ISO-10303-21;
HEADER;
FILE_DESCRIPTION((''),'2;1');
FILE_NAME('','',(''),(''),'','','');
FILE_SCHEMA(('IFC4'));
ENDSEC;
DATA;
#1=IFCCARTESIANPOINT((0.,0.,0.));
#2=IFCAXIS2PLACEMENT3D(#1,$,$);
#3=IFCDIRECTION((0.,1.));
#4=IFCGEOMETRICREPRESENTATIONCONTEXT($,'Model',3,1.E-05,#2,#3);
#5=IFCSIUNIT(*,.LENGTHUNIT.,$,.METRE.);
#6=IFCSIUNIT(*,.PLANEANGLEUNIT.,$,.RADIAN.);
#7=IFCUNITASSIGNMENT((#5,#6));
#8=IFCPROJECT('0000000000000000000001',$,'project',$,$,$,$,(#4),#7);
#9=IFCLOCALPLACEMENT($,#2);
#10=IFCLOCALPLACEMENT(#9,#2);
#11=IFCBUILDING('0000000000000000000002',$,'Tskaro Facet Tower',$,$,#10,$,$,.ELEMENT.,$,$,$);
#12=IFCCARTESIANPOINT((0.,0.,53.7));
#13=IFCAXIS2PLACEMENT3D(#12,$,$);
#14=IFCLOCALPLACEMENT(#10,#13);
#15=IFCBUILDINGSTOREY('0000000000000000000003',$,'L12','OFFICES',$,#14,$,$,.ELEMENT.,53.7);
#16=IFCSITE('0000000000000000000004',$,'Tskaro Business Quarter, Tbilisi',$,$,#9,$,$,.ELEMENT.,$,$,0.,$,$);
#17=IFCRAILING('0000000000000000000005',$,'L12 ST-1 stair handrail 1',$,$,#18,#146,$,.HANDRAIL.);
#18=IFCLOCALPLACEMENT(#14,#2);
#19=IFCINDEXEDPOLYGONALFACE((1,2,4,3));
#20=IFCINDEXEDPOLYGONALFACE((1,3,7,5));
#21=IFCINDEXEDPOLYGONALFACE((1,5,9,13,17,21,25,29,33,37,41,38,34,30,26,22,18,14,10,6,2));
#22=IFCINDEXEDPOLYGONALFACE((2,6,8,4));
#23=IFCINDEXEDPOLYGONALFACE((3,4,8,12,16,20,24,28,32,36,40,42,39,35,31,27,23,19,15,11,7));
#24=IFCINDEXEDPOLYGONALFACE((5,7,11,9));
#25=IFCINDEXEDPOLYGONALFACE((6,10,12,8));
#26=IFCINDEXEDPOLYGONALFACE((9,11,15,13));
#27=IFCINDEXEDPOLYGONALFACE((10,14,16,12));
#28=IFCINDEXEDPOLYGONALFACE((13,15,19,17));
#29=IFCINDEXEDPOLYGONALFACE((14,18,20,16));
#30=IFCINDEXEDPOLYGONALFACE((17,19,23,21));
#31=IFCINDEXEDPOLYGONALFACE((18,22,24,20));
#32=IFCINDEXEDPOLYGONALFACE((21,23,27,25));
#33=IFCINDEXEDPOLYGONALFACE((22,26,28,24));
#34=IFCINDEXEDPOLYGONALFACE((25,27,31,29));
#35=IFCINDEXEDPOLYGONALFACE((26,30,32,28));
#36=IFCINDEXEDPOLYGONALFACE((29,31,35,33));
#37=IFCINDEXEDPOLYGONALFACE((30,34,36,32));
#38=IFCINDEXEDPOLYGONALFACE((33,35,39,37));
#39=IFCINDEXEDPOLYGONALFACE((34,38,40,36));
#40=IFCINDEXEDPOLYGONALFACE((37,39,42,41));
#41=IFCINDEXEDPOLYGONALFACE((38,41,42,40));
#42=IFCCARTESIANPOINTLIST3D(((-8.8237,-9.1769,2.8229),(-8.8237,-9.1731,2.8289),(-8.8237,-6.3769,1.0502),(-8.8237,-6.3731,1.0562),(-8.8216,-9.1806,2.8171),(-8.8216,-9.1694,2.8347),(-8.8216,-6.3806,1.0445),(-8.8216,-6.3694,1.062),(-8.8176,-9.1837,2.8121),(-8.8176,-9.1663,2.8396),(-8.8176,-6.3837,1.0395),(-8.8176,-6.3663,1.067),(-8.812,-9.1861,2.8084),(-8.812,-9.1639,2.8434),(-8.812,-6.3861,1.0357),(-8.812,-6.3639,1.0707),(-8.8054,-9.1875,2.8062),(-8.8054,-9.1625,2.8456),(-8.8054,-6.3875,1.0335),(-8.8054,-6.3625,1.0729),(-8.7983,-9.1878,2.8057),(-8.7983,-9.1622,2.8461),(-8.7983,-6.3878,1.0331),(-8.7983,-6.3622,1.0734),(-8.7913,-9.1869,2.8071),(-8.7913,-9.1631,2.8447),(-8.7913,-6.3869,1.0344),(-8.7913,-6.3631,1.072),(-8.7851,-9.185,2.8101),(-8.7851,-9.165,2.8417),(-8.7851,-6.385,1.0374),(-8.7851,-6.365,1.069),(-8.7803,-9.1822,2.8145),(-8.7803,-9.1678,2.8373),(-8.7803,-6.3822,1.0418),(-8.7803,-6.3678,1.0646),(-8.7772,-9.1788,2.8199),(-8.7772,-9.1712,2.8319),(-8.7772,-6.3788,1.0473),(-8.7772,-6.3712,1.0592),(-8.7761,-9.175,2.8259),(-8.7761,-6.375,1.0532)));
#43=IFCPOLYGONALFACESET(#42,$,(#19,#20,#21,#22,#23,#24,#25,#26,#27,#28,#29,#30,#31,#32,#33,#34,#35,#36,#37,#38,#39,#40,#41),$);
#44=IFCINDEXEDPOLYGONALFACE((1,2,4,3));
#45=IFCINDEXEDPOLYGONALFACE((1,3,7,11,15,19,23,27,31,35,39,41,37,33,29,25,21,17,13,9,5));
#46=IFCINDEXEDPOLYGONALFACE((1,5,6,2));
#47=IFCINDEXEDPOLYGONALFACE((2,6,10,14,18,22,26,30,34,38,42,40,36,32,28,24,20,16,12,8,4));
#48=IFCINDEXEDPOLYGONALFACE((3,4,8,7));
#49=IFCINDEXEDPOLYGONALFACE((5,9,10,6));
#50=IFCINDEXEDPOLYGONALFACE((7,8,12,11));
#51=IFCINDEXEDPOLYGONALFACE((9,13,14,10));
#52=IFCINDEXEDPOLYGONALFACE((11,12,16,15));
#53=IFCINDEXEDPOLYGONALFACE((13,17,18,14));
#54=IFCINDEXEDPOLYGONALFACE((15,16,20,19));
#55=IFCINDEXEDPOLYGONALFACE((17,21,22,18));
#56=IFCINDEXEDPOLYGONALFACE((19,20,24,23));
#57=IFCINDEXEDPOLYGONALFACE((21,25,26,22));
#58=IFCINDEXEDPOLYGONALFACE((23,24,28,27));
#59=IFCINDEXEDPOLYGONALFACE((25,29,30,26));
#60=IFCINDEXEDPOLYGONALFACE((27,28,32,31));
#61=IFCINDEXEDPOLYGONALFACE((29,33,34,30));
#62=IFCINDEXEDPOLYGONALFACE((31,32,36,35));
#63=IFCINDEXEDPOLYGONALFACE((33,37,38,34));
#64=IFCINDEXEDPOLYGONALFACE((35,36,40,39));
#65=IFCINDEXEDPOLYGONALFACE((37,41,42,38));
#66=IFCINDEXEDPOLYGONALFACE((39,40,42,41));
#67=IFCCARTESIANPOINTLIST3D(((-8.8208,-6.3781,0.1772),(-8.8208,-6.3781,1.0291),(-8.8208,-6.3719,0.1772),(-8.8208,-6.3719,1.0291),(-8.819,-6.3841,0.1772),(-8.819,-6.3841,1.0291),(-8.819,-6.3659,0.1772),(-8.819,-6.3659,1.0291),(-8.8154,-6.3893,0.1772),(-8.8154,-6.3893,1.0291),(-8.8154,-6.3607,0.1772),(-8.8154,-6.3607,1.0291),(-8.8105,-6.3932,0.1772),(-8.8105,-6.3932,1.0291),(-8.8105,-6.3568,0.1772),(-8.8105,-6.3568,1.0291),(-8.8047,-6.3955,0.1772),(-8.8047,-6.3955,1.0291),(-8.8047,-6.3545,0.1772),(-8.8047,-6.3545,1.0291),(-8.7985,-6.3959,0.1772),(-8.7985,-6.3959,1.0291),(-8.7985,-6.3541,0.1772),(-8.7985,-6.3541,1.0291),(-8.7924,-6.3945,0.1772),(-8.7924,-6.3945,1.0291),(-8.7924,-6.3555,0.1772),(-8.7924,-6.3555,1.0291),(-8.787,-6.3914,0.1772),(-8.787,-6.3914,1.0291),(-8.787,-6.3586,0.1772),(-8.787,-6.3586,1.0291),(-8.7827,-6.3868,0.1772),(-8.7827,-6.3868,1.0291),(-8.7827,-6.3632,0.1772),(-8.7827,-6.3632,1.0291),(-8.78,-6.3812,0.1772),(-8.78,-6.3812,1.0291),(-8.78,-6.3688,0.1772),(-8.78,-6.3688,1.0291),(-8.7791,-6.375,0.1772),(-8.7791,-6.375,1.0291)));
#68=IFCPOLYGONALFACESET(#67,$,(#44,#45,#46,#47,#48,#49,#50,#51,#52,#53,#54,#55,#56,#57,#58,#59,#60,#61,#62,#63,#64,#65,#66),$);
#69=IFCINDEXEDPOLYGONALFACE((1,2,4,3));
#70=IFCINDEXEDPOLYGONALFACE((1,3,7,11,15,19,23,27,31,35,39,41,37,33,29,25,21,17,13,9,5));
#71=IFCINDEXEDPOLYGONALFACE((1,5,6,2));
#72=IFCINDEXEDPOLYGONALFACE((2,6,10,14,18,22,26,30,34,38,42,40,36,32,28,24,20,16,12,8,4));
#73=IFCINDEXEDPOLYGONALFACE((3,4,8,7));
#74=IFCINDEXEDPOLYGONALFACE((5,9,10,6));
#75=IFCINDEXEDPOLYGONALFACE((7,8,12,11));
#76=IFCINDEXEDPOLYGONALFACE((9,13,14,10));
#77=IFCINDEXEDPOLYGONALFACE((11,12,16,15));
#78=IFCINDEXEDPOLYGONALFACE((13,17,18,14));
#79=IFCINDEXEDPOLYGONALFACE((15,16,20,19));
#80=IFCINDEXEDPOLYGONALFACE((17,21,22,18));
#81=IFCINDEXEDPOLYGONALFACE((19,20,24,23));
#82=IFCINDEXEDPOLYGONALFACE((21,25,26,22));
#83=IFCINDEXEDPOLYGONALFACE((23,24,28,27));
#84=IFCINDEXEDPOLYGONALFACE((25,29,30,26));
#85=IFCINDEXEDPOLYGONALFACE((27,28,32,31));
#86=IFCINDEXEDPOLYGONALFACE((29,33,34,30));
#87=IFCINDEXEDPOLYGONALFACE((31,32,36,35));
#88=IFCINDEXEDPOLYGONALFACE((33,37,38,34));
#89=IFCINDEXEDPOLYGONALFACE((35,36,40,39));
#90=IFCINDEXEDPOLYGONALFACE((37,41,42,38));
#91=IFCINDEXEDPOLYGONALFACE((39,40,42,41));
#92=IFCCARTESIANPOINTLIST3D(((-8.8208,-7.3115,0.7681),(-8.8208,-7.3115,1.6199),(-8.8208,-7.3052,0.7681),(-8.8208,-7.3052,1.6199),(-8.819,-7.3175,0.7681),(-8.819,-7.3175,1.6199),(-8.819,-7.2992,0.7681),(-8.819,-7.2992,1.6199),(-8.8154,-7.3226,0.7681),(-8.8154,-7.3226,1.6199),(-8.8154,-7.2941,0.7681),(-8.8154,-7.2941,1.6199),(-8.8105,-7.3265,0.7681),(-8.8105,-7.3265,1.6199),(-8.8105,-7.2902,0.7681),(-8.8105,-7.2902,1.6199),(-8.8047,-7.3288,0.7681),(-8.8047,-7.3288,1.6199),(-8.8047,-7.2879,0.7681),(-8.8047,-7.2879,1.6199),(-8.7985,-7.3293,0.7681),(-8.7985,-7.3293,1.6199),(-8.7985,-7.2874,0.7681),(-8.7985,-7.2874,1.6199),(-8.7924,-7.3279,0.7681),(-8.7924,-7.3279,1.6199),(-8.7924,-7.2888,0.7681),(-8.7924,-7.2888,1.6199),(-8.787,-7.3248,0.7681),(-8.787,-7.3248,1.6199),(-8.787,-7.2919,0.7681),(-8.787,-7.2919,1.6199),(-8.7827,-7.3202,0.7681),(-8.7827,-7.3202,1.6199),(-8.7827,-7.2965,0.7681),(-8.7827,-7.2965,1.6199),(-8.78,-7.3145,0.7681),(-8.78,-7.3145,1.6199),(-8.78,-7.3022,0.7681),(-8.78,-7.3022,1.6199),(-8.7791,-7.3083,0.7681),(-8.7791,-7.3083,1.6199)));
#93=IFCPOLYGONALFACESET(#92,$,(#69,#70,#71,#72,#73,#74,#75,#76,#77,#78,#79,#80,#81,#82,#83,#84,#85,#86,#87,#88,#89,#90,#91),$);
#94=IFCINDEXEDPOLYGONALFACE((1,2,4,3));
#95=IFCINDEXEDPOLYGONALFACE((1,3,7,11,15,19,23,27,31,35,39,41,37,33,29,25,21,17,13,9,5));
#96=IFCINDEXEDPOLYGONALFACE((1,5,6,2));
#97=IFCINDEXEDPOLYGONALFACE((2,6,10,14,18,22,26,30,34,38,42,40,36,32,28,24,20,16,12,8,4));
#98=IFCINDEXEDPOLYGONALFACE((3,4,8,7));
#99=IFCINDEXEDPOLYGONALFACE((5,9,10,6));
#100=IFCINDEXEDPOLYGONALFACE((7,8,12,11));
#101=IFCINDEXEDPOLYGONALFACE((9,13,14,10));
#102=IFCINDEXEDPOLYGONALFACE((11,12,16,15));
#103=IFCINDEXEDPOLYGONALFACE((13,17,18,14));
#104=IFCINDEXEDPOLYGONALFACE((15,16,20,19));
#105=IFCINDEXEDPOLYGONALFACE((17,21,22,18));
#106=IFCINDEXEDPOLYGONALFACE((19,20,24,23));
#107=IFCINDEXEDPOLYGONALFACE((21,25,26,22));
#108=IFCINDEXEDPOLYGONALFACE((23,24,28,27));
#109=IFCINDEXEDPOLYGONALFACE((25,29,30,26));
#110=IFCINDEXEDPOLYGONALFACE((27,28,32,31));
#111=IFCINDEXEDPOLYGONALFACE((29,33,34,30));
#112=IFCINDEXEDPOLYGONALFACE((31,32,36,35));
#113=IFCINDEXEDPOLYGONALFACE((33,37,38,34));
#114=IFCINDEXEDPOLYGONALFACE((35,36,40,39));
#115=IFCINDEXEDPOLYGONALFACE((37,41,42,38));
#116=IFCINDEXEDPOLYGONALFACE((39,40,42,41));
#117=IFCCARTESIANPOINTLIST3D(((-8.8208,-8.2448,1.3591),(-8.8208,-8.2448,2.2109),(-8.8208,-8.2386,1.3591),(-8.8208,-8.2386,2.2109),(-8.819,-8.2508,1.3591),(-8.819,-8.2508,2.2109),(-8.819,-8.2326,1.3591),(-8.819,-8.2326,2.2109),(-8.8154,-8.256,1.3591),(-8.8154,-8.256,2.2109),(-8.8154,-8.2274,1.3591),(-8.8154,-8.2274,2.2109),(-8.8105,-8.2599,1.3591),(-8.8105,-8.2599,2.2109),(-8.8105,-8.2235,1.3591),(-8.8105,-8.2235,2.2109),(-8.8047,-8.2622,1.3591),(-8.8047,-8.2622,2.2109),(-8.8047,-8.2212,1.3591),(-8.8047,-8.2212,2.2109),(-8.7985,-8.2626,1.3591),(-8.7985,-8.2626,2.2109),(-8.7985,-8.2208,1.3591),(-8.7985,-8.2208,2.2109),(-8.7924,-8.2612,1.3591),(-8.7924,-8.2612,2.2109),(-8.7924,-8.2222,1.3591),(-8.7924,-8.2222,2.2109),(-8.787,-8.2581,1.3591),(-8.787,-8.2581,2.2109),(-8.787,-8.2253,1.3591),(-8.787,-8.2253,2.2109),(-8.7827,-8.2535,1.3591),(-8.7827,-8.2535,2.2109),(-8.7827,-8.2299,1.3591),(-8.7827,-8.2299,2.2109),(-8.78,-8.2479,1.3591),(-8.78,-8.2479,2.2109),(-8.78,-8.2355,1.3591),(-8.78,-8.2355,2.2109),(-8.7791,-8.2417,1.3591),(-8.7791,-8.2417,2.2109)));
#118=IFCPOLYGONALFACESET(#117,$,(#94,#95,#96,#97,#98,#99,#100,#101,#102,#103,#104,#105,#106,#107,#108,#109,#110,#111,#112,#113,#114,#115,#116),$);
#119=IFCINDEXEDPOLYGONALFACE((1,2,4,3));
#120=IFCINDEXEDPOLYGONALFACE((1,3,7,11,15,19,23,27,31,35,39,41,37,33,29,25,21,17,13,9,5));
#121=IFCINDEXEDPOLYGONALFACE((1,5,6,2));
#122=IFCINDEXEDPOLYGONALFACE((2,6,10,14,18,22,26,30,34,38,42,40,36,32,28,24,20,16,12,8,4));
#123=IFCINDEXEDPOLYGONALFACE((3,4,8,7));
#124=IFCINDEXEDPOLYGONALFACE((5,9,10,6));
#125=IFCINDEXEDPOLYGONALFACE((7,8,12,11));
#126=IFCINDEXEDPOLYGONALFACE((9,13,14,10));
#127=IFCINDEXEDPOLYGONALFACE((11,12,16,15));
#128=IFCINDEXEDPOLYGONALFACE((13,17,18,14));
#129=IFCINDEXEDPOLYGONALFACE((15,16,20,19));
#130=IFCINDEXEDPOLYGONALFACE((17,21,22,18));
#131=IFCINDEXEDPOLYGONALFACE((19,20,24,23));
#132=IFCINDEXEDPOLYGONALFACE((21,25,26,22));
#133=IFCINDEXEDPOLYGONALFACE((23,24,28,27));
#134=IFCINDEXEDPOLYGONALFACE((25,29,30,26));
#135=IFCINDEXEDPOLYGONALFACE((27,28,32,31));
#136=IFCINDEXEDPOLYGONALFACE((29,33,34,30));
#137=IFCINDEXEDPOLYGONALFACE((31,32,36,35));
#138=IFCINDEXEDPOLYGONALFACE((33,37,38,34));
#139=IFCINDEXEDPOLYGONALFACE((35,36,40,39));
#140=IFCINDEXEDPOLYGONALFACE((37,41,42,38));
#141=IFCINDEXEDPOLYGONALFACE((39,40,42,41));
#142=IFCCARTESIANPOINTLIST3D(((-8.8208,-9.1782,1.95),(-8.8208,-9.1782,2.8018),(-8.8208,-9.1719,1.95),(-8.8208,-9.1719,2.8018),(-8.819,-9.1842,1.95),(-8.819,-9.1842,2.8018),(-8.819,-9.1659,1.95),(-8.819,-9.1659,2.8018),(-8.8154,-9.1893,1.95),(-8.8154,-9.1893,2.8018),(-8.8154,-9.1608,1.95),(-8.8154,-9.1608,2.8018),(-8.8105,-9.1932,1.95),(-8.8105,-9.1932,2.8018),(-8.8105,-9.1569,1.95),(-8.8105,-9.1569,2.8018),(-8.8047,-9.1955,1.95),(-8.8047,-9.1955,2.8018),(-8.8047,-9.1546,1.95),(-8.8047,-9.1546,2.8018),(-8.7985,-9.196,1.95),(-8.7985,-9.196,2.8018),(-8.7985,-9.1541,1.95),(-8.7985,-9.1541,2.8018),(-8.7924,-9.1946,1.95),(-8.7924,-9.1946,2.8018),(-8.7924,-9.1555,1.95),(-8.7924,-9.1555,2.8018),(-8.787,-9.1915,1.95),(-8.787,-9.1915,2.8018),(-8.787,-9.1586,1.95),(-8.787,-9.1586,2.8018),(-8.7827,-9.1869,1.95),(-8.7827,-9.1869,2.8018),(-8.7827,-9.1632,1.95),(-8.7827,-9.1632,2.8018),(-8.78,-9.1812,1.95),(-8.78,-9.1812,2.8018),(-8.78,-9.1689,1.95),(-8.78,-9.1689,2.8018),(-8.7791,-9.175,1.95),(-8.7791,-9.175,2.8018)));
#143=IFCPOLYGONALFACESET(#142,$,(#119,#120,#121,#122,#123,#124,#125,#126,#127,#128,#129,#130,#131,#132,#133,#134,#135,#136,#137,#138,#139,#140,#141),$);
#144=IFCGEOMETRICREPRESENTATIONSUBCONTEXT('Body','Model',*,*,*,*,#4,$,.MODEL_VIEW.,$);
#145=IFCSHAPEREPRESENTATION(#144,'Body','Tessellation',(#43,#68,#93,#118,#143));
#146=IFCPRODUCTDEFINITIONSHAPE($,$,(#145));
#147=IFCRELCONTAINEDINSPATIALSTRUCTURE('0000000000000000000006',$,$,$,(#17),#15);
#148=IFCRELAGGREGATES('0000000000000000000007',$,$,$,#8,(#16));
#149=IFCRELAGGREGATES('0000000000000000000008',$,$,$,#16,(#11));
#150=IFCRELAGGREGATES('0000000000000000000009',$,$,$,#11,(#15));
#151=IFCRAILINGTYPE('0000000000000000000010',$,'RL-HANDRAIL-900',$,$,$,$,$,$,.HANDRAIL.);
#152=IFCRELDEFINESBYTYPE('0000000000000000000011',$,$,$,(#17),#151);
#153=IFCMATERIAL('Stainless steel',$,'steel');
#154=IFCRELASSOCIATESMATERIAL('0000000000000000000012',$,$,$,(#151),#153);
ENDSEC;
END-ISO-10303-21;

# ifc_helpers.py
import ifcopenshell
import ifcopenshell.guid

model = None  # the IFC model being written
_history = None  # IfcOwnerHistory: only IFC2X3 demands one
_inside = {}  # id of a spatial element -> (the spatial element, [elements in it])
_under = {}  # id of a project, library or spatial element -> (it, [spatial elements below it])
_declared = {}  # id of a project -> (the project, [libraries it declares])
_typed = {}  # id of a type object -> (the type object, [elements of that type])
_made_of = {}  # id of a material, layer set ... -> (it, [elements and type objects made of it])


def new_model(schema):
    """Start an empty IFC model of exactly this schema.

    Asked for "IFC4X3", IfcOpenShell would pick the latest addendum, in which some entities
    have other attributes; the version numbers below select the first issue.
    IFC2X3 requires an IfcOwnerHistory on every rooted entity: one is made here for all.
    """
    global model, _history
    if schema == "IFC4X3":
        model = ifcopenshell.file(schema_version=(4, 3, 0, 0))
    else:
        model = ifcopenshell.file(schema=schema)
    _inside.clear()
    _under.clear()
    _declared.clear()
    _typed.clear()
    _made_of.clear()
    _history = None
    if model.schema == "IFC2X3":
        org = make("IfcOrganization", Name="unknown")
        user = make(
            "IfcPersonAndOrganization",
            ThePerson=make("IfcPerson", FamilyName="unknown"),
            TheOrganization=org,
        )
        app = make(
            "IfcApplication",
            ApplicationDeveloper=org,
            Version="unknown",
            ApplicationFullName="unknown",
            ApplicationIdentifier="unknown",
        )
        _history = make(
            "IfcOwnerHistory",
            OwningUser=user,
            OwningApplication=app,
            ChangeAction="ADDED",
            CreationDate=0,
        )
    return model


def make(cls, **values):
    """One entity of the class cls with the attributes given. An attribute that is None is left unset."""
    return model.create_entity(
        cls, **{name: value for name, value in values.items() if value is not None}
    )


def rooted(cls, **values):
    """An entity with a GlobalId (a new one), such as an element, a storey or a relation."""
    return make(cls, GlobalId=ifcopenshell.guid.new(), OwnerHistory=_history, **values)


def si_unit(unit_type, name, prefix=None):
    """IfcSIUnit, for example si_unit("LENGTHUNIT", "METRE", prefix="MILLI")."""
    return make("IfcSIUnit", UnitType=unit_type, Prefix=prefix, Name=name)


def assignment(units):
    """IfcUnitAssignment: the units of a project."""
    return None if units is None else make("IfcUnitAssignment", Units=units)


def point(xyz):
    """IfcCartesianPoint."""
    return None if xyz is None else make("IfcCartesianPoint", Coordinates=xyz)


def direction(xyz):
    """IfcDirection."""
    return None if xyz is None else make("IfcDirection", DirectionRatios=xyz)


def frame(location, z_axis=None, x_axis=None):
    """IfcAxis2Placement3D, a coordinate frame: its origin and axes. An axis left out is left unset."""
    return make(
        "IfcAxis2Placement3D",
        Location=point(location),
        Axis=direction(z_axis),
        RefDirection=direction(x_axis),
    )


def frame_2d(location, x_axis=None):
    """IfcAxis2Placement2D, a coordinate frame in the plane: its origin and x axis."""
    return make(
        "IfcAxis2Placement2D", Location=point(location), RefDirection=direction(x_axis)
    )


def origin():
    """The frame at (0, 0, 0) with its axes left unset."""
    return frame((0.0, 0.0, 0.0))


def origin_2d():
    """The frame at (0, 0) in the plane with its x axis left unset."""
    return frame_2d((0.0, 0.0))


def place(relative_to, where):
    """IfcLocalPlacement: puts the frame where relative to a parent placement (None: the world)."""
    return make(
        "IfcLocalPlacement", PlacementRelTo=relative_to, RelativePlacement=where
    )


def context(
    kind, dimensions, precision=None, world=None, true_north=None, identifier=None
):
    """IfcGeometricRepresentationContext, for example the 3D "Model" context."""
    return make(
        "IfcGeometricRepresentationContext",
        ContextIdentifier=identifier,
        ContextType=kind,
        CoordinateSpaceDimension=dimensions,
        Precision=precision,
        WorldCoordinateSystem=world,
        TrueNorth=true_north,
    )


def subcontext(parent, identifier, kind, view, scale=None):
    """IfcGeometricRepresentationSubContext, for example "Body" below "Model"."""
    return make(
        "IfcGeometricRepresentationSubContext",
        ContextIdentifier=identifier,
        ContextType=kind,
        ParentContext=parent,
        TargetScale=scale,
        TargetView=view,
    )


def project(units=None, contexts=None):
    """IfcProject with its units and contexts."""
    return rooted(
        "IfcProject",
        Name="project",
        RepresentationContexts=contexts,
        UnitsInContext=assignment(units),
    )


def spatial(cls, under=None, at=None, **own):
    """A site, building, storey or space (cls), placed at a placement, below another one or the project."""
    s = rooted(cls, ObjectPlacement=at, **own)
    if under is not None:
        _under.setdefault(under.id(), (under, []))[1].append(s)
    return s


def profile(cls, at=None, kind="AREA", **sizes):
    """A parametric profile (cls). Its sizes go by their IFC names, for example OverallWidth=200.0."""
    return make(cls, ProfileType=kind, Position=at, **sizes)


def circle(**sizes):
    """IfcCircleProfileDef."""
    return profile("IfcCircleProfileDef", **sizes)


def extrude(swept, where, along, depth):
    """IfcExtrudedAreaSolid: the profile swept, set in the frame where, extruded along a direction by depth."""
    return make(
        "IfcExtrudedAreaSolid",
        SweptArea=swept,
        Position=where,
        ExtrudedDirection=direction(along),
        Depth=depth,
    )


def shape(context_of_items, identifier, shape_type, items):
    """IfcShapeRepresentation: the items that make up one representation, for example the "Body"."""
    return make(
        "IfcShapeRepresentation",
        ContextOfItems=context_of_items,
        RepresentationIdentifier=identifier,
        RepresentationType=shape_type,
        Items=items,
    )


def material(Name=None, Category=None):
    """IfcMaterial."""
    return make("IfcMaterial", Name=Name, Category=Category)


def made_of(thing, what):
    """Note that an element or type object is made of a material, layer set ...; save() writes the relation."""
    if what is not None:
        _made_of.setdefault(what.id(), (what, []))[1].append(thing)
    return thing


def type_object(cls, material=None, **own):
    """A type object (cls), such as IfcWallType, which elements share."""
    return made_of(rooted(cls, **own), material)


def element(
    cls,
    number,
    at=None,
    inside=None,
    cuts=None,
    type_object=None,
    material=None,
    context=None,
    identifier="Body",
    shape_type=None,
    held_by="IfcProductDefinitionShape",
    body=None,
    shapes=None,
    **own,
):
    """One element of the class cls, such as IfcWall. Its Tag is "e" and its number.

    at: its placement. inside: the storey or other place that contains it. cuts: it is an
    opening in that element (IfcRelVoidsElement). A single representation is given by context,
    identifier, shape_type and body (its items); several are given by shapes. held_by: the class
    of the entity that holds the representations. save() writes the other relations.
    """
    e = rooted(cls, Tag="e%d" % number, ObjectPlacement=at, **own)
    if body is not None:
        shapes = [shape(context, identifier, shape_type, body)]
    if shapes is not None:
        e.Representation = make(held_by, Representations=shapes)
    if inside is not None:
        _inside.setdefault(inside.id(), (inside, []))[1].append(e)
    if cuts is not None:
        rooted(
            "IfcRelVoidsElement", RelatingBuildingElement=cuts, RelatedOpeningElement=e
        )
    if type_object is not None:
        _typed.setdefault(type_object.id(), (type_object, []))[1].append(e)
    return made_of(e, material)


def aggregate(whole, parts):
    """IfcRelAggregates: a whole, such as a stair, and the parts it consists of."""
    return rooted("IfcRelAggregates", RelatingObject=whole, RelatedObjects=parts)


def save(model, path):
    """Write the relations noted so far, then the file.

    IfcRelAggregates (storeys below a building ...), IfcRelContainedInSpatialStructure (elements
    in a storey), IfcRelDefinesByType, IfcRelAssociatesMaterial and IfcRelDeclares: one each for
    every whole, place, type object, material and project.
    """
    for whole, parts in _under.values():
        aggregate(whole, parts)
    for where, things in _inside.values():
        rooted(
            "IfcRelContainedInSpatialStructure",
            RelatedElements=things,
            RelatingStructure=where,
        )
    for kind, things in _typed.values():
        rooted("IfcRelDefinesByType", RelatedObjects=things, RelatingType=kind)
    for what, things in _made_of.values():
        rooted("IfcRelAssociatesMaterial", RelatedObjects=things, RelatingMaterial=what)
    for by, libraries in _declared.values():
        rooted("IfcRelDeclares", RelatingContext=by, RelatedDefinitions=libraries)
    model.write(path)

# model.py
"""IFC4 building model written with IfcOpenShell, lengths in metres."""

from ifc_helpers import new_model, si_unit, direction, frame, origin, origin_2d, place, context, subcontext, project, spatial, circle, extrude, material, type_object, element, save


model = new_model("IFC4")

# Units and contexts
model_context = context("Model", 3, precision=1e-05, world=origin(), true_north=direction((0.0, 1.0)))
body_context = subcontext(model_context, "Body", "Model", "MODEL_VIEW")
ifc_project = project(units=[si_unit("LENGTHUNIT", "METRE"), si_unit("PLANEANGLEUNIT", "RADIAN")], contexts=[model_context])

# Site, building, storey
site_placement = place(None, origin())
site = spatial("IfcSite", under=ifc_project, at=site_placement, Name="Tskaro Business Quarter, Tbilisi", CompositionType="ELEMENT", RefElevation=0.0)
building_placement = place(site_placement, origin())
building = spatial("IfcBuilding", under=site, at=building_placement, Name="Tskaro Facet Tower", CompositionType="ELEMENT")
storey_placement = place(building_placement, frame((0.0, 0.0, 53.7)))
storey = spatial("IfcBuildingStorey", under=building, at=storey_placement, Name="L12", Description="OFFICES", CompositionType="ELEMENT", Elevation=53.7)

# Railing
ifc_material_1 = material(Name="Stainless steel", Category="steel")
railing_type = type_object("IfcRailingType", Name="RL-HANDRAIL-900", PredefinedType="HANDRAIL", material=ifc_material_1)
railing_placement = place(storey_placement, frame((-8.8, -6.375, 0.1772)))
element("IfcRailing", 1, at=railing_placement, inside=storey, type_object=railing_type, Name="L12 ST-1 stair handrail 1", PredefinedType="HANDRAIL", context=body_context, shape_type="SweptSolid", body=[
    extrude(circle(Radius=0.0239, at=origin_2d()), frame((0.0, 0.0, 0.876), z_axis=(0.0, -0.844909, 0.53491), x_axis=(1.0, 0.0, 0.0)), (0.0, 0.0, 1.0), 3.314),
    extrude(circle(Radius=0.021, at=origin_2d()), origin(), (0.0, 0.0, 1.0), 0.8518),
    extrude(circle(Radius=0.021, at=origin_2d()), frame((0.0, -0.9333, 0.5908)), (0.0, 0.0, 1.0), 0.8518),
    extrude(circle(Radius=0.021, at=origin_2d()), frame((0.0, -1.8667, 1.1819)), (0.0, 0.0, 1.0), 0.8518),
    extrude(circle(Radius=0.021, at=origin_2d()), frame((0.0, -2.8, 1.7727)), (0.0, 0.0, 1.0), 0.8518),
])

save(model, "model.ifc")
